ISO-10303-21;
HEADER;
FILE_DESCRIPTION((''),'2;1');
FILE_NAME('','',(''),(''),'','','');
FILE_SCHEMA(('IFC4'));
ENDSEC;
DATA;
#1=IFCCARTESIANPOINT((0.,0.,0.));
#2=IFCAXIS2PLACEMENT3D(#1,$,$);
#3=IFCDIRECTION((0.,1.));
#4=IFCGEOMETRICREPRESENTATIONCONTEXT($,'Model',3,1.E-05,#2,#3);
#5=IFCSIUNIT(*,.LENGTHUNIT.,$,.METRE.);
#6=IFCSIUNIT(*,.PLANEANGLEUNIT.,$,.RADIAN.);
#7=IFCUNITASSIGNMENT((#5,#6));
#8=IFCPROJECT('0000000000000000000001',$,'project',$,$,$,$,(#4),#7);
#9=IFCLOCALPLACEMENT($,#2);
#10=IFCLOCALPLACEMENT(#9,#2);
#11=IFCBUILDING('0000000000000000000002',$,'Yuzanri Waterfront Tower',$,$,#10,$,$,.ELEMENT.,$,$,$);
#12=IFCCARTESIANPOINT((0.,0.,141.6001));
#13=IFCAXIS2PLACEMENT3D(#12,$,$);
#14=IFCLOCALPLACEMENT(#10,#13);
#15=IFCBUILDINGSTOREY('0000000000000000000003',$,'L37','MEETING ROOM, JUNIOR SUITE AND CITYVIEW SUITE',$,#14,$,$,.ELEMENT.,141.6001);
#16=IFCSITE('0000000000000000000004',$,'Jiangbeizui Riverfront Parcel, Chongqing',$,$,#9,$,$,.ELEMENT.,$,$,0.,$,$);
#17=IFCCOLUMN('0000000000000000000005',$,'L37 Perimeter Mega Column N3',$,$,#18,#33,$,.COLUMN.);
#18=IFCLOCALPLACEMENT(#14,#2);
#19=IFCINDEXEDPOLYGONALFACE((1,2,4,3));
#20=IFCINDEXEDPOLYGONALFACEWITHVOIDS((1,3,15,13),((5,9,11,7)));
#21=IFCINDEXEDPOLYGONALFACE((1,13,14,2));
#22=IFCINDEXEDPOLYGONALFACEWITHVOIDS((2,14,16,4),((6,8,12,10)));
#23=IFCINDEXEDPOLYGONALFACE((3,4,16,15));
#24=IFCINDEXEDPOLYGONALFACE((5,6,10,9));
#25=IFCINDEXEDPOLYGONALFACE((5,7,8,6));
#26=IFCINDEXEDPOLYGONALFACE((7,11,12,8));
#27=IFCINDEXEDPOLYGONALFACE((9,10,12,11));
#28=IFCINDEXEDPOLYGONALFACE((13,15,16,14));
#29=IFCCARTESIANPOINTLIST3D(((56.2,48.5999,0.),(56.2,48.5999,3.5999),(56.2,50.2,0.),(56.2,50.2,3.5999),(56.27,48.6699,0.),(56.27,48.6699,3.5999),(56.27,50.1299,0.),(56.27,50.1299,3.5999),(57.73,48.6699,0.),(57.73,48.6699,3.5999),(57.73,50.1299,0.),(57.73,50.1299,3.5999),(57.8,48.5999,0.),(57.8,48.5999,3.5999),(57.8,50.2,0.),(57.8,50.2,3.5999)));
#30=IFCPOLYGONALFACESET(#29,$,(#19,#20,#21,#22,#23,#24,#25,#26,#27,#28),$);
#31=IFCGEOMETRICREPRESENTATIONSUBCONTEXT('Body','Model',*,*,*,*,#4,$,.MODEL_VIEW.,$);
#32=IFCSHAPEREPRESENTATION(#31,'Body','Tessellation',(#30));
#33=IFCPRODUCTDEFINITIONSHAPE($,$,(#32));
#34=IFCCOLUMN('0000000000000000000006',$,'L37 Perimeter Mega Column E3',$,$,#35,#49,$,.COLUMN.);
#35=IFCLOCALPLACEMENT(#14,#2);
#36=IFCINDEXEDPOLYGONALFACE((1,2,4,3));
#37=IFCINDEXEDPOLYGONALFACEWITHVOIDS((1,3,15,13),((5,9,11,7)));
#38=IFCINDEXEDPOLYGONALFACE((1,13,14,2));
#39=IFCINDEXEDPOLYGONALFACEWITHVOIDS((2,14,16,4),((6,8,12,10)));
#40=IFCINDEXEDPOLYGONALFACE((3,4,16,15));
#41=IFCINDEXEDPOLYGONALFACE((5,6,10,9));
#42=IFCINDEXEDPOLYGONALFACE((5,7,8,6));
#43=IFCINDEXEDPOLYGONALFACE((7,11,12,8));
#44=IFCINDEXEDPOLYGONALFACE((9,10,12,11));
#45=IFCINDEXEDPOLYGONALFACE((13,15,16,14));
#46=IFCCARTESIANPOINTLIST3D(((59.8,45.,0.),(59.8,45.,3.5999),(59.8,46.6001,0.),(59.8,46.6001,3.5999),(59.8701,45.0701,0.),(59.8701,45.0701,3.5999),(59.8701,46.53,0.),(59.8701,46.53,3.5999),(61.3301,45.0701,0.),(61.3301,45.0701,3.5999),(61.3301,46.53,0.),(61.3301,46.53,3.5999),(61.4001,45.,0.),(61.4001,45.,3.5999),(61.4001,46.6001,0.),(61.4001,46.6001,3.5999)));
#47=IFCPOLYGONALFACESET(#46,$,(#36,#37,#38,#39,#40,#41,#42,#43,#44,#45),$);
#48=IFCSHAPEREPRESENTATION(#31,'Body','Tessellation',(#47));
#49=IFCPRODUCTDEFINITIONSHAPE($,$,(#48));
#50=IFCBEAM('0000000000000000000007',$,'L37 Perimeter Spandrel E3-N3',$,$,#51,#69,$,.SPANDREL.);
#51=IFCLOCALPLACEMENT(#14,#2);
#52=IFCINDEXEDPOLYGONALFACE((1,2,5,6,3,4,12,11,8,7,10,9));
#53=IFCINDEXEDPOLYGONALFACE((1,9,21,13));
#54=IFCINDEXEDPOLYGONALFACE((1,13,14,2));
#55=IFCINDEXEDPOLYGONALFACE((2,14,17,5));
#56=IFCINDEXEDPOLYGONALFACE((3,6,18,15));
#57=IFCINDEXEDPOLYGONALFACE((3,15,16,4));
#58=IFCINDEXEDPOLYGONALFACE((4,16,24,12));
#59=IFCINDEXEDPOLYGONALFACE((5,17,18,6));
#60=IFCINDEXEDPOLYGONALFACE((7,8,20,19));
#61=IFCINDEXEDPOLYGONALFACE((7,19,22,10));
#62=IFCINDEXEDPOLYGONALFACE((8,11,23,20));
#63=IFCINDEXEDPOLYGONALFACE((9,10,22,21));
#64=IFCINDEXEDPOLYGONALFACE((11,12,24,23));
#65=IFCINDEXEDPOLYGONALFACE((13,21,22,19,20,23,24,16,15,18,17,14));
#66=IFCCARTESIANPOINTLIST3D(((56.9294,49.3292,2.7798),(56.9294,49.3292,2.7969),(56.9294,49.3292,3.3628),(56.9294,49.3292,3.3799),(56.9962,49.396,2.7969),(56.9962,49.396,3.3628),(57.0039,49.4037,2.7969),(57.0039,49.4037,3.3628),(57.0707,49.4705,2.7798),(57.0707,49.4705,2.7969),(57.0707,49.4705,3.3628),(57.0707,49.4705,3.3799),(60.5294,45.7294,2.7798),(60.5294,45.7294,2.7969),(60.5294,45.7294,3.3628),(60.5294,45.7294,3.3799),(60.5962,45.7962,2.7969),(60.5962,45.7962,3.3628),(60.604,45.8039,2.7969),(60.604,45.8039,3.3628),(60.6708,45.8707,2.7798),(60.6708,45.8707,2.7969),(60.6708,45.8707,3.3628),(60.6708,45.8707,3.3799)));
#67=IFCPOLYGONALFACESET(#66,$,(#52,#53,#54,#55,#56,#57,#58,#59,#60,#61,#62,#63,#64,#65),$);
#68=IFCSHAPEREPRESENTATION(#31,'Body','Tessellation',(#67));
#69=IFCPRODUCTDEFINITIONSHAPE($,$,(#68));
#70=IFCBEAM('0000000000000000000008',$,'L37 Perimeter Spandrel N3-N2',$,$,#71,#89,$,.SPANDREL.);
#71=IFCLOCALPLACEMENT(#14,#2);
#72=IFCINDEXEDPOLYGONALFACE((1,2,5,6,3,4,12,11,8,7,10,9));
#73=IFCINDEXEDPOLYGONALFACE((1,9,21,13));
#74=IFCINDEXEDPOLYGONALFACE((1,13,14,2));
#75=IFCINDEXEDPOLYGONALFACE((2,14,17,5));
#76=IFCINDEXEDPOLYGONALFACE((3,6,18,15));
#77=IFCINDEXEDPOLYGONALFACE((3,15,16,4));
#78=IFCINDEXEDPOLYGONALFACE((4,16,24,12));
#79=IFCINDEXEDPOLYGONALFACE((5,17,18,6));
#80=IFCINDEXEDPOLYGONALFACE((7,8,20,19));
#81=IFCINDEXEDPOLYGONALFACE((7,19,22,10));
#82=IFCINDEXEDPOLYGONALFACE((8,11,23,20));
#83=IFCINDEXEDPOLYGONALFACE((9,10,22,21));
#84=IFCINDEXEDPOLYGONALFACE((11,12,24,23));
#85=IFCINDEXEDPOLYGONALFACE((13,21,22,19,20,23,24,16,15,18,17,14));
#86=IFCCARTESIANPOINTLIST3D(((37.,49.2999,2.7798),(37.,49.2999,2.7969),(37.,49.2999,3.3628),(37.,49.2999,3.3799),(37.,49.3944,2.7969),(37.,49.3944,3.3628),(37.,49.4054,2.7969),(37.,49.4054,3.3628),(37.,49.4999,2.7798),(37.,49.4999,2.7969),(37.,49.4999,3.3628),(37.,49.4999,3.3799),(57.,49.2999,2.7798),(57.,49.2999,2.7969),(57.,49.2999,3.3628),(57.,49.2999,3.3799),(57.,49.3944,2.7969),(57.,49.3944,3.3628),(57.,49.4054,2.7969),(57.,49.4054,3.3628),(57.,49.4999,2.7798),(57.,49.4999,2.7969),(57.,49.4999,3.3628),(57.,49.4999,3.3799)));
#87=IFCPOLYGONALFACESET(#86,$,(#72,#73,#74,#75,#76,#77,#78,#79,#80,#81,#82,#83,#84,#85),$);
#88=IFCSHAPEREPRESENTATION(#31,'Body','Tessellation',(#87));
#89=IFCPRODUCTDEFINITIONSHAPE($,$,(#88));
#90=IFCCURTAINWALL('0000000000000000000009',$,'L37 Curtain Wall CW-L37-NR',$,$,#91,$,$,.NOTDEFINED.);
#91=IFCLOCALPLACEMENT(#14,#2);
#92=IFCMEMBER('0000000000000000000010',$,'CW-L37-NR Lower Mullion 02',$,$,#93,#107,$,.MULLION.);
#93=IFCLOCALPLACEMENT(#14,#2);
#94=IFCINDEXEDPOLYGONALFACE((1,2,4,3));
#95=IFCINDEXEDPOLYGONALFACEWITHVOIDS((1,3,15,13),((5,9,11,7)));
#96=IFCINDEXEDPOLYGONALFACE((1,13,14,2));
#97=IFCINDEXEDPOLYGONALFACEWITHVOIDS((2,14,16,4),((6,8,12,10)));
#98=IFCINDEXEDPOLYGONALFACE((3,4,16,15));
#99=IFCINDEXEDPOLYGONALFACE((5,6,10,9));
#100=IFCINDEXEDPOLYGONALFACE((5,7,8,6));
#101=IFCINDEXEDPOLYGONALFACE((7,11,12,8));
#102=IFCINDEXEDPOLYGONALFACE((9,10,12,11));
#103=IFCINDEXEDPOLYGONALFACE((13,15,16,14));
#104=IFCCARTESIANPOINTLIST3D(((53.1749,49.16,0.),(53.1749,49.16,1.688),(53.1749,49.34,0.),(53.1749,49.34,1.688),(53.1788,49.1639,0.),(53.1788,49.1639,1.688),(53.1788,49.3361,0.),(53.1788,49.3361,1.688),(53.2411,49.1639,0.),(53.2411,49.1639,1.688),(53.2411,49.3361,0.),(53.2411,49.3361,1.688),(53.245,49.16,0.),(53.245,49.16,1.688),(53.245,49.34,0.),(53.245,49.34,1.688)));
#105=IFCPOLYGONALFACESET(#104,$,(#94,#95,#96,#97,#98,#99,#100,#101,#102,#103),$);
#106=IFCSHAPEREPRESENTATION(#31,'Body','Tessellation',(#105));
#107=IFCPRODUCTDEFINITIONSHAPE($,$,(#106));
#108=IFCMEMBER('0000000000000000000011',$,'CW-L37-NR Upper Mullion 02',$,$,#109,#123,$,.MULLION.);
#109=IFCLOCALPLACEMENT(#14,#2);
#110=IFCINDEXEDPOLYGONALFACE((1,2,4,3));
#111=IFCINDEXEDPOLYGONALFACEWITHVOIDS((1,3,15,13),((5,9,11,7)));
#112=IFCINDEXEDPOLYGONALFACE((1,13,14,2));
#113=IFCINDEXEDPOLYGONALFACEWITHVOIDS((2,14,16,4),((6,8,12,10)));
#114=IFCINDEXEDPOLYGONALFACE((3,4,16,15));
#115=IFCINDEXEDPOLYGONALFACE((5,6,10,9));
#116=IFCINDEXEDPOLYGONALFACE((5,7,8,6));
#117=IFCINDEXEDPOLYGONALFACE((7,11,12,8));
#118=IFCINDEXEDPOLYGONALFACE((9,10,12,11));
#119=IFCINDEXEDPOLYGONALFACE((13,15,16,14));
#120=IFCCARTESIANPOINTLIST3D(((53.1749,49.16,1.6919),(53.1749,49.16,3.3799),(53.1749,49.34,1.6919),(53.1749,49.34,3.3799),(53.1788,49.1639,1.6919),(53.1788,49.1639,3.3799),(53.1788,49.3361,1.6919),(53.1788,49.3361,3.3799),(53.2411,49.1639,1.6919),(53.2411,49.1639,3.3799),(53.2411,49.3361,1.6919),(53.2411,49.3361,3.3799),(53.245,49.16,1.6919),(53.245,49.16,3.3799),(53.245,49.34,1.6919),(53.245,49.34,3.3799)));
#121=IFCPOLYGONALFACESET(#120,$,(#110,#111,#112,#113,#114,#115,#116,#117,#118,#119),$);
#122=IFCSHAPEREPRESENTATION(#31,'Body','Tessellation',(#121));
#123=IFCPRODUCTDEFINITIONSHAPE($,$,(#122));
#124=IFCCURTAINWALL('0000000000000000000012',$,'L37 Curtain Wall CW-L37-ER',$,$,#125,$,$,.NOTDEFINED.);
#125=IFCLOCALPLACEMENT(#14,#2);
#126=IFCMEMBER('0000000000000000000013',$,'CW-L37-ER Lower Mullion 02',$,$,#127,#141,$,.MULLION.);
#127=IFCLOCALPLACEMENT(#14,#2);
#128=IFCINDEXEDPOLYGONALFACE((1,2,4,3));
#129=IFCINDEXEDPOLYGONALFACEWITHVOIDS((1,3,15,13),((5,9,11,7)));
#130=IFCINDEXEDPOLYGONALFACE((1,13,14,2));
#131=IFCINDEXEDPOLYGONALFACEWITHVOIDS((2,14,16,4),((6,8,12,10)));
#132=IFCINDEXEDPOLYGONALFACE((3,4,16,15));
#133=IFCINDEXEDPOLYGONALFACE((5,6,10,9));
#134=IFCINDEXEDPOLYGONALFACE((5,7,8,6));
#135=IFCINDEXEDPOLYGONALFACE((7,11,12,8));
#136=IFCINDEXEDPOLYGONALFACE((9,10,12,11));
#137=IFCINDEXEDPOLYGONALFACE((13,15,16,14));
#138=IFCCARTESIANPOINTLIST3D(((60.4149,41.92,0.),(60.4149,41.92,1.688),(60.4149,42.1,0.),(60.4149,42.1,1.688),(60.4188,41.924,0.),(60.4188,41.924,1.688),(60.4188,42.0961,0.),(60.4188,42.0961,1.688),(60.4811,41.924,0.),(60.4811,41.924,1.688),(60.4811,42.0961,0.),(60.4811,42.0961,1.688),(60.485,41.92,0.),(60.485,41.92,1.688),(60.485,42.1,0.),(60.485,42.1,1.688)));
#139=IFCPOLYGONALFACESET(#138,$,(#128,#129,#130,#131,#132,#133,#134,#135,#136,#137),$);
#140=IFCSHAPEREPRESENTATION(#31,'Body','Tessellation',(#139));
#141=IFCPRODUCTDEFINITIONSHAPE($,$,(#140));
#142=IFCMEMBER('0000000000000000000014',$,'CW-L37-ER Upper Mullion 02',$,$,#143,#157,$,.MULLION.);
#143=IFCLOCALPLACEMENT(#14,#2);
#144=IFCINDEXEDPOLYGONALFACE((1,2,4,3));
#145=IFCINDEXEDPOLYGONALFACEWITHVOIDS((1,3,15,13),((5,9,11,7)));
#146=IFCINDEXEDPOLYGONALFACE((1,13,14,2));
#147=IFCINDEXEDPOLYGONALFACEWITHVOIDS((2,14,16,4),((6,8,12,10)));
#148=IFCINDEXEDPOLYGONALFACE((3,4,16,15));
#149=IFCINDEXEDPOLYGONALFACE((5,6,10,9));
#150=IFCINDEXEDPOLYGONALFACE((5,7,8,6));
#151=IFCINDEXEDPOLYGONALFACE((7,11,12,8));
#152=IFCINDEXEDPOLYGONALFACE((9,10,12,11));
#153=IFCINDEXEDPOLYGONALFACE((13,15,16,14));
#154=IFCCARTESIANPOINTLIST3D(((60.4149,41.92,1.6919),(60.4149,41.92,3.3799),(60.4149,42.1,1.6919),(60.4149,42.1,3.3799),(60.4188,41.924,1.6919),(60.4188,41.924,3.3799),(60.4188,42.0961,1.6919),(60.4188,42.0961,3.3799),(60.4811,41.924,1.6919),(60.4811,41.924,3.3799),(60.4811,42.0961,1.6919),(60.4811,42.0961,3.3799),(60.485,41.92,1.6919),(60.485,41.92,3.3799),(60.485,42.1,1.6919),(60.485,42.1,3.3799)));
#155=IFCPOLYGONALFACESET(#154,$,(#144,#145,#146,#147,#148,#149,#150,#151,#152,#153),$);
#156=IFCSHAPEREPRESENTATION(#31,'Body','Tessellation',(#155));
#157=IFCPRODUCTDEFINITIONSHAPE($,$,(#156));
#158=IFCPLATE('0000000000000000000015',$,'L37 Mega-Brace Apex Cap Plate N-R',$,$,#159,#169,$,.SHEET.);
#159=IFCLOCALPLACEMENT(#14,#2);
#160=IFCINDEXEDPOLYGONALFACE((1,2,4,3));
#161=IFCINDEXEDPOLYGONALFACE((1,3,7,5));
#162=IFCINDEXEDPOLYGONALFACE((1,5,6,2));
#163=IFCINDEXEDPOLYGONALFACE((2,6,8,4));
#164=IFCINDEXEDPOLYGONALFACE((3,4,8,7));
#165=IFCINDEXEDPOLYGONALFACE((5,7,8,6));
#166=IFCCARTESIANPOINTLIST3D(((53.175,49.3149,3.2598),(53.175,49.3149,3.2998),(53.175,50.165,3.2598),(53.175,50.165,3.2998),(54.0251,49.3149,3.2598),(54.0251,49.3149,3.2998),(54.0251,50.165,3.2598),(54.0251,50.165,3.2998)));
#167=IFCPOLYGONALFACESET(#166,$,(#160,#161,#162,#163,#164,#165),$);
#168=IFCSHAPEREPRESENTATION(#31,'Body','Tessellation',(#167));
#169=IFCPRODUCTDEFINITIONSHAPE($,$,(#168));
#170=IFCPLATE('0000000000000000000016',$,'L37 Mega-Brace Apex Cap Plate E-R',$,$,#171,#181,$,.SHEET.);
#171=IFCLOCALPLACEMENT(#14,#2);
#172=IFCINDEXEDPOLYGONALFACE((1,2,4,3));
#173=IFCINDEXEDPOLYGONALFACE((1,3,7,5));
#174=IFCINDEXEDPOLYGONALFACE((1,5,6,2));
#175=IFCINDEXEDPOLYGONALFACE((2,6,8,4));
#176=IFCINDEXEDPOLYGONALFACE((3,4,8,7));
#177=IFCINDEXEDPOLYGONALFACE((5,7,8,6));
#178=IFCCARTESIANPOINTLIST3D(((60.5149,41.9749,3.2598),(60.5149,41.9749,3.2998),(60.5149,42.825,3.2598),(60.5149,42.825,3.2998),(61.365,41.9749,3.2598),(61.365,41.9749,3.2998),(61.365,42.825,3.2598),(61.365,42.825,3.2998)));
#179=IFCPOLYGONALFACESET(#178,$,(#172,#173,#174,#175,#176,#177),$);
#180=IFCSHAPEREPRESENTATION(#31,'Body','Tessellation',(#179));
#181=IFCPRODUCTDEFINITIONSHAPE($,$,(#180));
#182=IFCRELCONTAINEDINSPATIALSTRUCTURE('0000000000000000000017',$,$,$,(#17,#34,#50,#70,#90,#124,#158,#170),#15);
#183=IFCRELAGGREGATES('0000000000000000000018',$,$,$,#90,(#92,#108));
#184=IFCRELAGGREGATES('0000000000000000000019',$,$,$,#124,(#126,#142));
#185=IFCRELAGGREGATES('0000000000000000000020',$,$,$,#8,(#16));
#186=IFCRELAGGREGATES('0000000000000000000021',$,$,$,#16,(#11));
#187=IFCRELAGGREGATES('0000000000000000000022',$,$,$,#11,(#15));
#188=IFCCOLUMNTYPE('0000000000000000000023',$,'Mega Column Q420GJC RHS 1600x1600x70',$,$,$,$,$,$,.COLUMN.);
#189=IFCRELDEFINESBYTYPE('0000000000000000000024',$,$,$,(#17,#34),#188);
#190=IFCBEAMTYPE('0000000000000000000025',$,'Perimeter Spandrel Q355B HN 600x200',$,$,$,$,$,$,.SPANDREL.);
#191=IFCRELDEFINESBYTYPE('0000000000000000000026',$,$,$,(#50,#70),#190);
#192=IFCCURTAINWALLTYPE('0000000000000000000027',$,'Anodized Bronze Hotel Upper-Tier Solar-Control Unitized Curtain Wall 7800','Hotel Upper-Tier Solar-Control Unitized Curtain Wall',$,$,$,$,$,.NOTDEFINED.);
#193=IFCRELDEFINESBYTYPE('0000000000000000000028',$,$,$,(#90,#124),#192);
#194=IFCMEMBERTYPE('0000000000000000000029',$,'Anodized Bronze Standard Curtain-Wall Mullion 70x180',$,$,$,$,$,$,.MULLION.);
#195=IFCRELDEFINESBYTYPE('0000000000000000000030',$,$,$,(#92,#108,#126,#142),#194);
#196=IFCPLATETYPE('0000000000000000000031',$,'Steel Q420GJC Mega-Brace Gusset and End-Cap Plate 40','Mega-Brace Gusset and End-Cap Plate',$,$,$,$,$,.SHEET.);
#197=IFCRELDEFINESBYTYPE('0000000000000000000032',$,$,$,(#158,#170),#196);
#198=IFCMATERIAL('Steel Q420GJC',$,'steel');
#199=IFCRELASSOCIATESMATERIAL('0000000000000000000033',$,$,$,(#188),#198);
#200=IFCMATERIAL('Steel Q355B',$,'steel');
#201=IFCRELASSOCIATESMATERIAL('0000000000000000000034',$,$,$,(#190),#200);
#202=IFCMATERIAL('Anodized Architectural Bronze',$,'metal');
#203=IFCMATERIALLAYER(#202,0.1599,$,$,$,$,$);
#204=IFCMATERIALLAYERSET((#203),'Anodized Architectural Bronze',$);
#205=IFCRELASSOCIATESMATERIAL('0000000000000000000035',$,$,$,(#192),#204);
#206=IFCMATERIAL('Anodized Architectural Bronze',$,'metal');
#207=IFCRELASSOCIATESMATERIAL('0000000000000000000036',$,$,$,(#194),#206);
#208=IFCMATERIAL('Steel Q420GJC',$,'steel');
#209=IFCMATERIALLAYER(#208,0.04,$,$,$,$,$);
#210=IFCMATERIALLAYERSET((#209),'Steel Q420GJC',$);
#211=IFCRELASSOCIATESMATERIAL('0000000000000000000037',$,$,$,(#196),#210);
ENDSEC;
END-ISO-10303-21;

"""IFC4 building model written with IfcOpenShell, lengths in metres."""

from ifc_helpers import new_model, si_unit, direction, frame, origin, origin_2d, place, context, subcontext, project, spatial, rectangle, hollow_rectangle, i_section, extrude, source, transform, mapped, material, layer, layer_set, material_profile, profile_set, type_object, element, aggregate, save


model = new_model("IFC4")

# Units and contexts
model_context = context("Model", 3, precision=1e-05, world=origin(), true_north=direction((0.0, 1.0)))
body_context = subcontext(model_context, "Body", "Model", "MODEL_VIEW")
ifc_project = project(units=[si_unit("LENGTHUNIT", "METRE"), si_unit("PLANEANGLEUNIT", "RADIAN")], contexts=[model_context])

# Site, building, storey
site_placement = place(None, origin())
site = spatial("IfcSite", under=ifc_project, at=site_placement, Name="Jiangbeizui Riverfront Parcel, Chongqing", CompositionType="ELEMENT", RefElevation=0.0)
building_placement = place(site_placement, origin())
building = spatial("IfcBuilding", under=site, at=building_placement, Name="Yuzanri Waterfront Tower", CompositionType="ELEMENT")
storey_placement = place(building_placement, frame((0.0, 0.0, 141.6001)))
storey = spatial("IfcBuildingStorey", under=building, at=storey_placement, Name="L37", Description="MEETING ROOM, JUNIOR SUITE AND CITYVIEW SUITE", CompositionType="ELEMENT", Elevation=141.6001)

# Columns
ifc_material_1 = material(Name="Steel Q420GJC", Category="steel")
ifc_material_profile_1 = material_profile(ifc_material_1, hollow_rectangle(XDim=1.6001, YDim=1.6001, WallThickness=0.0701, at=origin_2d()), Name="RHS 1600x1600x70")
ifc_profile_set_1 = profile_set([ifc_material_profile_1], Name="Steel Q420GJC")
column_type = type_object("IfcColumnType", Name="Mega Column Q420GJC RHS 1600x1600x70", PredefinedType="COLUMN", material=ifc_profile_set_1)
shared_shape_1 = source(origin(), body_context, "Body", "SweptSolid", [
    extrude(hollow_rectangle(XDim=1.6001, YDim=1.6001, WallThickness=0.0701, at=origin_2d()), origin(), (0.0, 0.0, 1.0), 3.5999),
])
for number, where, z_axis, x_axis, name in (
    (1, (57.0, 49.3999, 0.0), (0.0, 0.0, 1.0), (1.0, 0.0, 0.0), "L37 Perimeter Mega Column N3"),
    (2, (60.6001, 45.8, 0.0), (0.0, 0.0, 1.0), (1.0, 0.0, 0.0), "L37 Perimeter Mega Column E3"),
):
    element("IfcColumn", number, at=place(storey_placement, frame(where, z_axis=z_axis, x_axis=x_axis)), inside=storey, type_object=column_type, Name=name, PredefinedType="COLUMN", context=body_context, shape_type="MappedRepresentation", body=[
        mapped(shared_shape_1, transform((0.0, 0.0, 0.0), scale=1.0)),
    ])

# Beams
ifc_material_2 = material(Name="Steel Q355B", Category="steel")
ifc_material_profile_2 = material_profile(ifc_material_2, i_section(OverallWidth=0.2, OverallDepth=0.6001, WebThickness=0.011, FlangeThickness=0.0171, at=origin_2d()), Name="HN 600x200x11x17")
ifc_profile_set_2 = profile_set([ifc_material_profile_2], Name="Steel Q355B")
beam_type = type_object("IfcBeamType", Name="Perimeter Spandrel Q355B HN 600x200", PredefinedType="SPANDREL", material=ifc_profile_set_2)
shared_shape_2 = source(origin(), body_context, "Body", "SweptSolid", [
    extrude(i_section(OverallWidth=0.2, OverallDepth=0.6001, WebThickness=0.011, FlangeThickness=0.0171, at=origin_2d()), origin(), (0.0, 0.0, 1.0), 5.0911),
])
beam_1_placement = place(storey_placement, frame((60.6001, 45.8, 3.0798), z_axis=(-0.707131, 0.707083, 0.0), x_axis=(-0.707083, -0.707131, 0.0)))
element("IfcBeam", 3, at=beam_1_placement, inside=storey, type_object=beam_type, Name="L37 Perimeter Spandrel E3-N3", PredefinedType="SPANDREL", context=body_context, shape_type="MappedRepresentation", body=[
    mapped(shared_shape_2, transform((0.0, 0.0, 0.0), scale=1.0)),
])
shared_shape_3 = source(origin(), body_context, "Body", "SweptSolid", [
    extrude(i_section(OverallWidth=0.2, OverallDepth=0.6001, WebThickness=0.011, FlangeThickness=0.0171, at=origin_2d()), origin(), (0.0, 0.0, 1.0), 20.0),
])
beam_2_placement = place(storey_placement, frame((57.0, 49.3999, 3.0798), z_axis=(-1.0, 0.0, 0.0), x_axis=(0.0, -1.0, 0.0)))
element("IfcBeam", 4, at=beam_2_placement, inside=storey, type_object=beam_type, Name="L37 Perimeter Spandrel N3-N2", PredefinedType="SPANDREL", context=body_context, shape_type="MappedRepresentation", body=[
    mapped(shared_shape_3, transform((0.0, 0.0, 0.0), scale=1.0)),
])

# Curtain walls, members
ifc_material_3 = material(Name="Anodized Architectural Bronze", Category="metal")
ifc_layer_1 = layer(ifc_material_3, 0.1599)
ifc_layer_set_1 = layer_set([ifc_layer_1], Name="Anodized Architectural Bronze")
curtain_wall_type = type_object("IfcCurtainWallType", Name="Anodized Bronze Hotel Upper-Tier Solar-Control Unitized Curtain Wall 7800", Description="Hotel Upper-Tier Solar-Control Unitized Curtain Wall", PredefinedType="NOTDEFINED", material=ifc_layer_set_1)
curtain_wall_1_placement = place(storey_placement, origin())
curtain_wall_1 = element("IfcCurtainWall", 5, at=curtain_wall_1_placement, inside=storey, type_object=curtain_wall_type, Name="L37 Curtain Wall CW-L37-NR", PredefinedType="NOTDEFINED")
ifc_material_4 = material(Name="Anodized Architectural Bronze", Category="metal")
ifc_material_profile_3 = material_profile(ifc_material_4, hollow_rectangle(XDim=0.0701, YDim=0.1799, WallThickness=0.0039, at=origin_2d()), Name="CWM 70x180")
ifc_profile_set_3 = profile_set([ifc_material_profile_3], Name="Anodized Architectural Bronze")
member_type = type_object("IfcMemberType", Name="Anodized Bronze Standard Curtain-Wall Mullion 70x180", PredefinedType="MULLION", material=ifc_profile_set_3)
shared_shape_4 = source(origin(), body_context, "Body", "SweptSolid", [
    extrude(hollow_rectangle(XDim=0.0701, YDim=0.1799, WallThickness=0.0039, at=origin_2d()), origin(), (0.0, 0.0, 1.0), 1.688),
])
member_1_placement = place(storey_placement, frame((53.21, 49.25, 0.0), z_axis=(0.0, 0.0, 1.0), x_axis=(1.0, 0.0, 0.0)))
member_1 = element("IfcMember", 6, at=member_1_placement, type_object=member_type, Name="CW-L37-NR Lower Mullion 02", PredefinedType="MULLION", context=body_context, shape_type="MappedRepresentation", body=[
    mapped(shared_shape_4, transform((0.0, 0.0, 0.0), scale=1.0)),
])
member_2_placement = place(storey_placement, frame((53.21, 49.25, 1.6919), z_axis=(0.0, 0.0, 1.0), x_axis=(1.0, 0.0, 0.0)))
member_2 = element("IfcMember", 7, at=member_2_placement, type_object=member_type, Name="CW-L37-NR Upper Mullion 02", PredefinedType="MULLION", context=body_context, shape_type="MappedRepresentation", body=[
    mapped(shared_shape_4, transform((0.0, 0.0, 0.0), scale=1.0)),
])
aggregate(curtain_wall_1, [member_1, member_2])
curtain_wall_2_placement = place(storey_placement, origin())
curtain_wall_2 = element("IfcCurtainWall", 8, at=curtain_wall_2_placement, inside=storey, type_object=curtain_wall_type, Name="L37 Curtain Wall CW-L37-ER", PredefinedType="NOTDEFINED")
member_3_placement = place(storey_placement, frame((60.45, 42.01, 0.0), z_axis=(0.0, 0.0, 1.0), x_axis=(1.0, 0.0, 0.0)))
member_3 = element("IfcMember", 9, at=member_3_placement, type_object=member_type, Name="CW-L37-ER Lower Mullion 02", PredefinedType="MULLION", context=body_context, shape_type="MappedRepresentation", body=[
    mapped(shared_shape_4, transform((0.0, 0.0, 0.0), scale=1.0)),
])
member_4_placement = place(storey_placement, frame((60.45, 42.01, 1.6919), z_axis=(0.0, 0.0, 1.0), x_axis=(1.0, 0.0, 0.0)))
member_4 = element("IfcMember", 10, at=member_4_placement, type_object=member_type, Name="CW-L37-ER Upper Mullion 02", PredefinedType="MULLION", context=body_context, shape_type="MappedRepresentation", body=[
    mapped(shared_shape_4, transform((0.0, 0.0, 0.0), scale=1.0)),
])

# Plates
ifc_material_5 = material(Name="Steel Q420GJC", Category="steel")
ifc_layer_2 = layer(ifc_material_5, 0.04)
ifc_layer_set_2 = layer_set([ifc_layer_2], Name="Steel Q420GJC")
plate_type_1 = type_object("IfcPlateType", Name="Steel Q420GJC Mega-Brace Gusset and End-Cap Plate 40", Description="Mega-Brace Gusset and End-Cap Plate", PredefinedType="SHEET", material=ifc_layer_set_2)
shared_shape_5 = source(origin(), body_context, "Body", "SweptSolid", [
    extrude(rectangle(XDim=0.8501, YDim=0.8501, at=origin_2d()), origin(), (0.0, 0.0, 1.0), 0.04),
])
for number, where, z_axis, x_axis, name in (
    (11, (53.6001, 49.74, 3.2598), (0.0, 0.0, 1.0), (1.0, 0.0, 0.0), "L37 Mega-Brace Apex Cap Plate N-R"),
    (12, (60.9399, 42.3999, 3.2598), (0.0, 0.0, 1.0), (1.0, 0.0, 0.0), "L37 Mega-Brace Apex Cap Plate E-R"),
):
    element("IfcPlate", number, at=place(storey_placement, frame(where, z_axis=z_axis, x_axis=x_axis)), inside=storey, type_object=plate_type_1, Name=name, PredefinedType="SHEET", context=body_context, shape_type="MappedRepresentation", body=[
        mapped(shared_shape_5, transform((0.0, 0.0, 0.0), scale=1.0)),
    ])

aggregate(curtain_wall_2, [member_3, member_4])

save(model, "model.ifc")
